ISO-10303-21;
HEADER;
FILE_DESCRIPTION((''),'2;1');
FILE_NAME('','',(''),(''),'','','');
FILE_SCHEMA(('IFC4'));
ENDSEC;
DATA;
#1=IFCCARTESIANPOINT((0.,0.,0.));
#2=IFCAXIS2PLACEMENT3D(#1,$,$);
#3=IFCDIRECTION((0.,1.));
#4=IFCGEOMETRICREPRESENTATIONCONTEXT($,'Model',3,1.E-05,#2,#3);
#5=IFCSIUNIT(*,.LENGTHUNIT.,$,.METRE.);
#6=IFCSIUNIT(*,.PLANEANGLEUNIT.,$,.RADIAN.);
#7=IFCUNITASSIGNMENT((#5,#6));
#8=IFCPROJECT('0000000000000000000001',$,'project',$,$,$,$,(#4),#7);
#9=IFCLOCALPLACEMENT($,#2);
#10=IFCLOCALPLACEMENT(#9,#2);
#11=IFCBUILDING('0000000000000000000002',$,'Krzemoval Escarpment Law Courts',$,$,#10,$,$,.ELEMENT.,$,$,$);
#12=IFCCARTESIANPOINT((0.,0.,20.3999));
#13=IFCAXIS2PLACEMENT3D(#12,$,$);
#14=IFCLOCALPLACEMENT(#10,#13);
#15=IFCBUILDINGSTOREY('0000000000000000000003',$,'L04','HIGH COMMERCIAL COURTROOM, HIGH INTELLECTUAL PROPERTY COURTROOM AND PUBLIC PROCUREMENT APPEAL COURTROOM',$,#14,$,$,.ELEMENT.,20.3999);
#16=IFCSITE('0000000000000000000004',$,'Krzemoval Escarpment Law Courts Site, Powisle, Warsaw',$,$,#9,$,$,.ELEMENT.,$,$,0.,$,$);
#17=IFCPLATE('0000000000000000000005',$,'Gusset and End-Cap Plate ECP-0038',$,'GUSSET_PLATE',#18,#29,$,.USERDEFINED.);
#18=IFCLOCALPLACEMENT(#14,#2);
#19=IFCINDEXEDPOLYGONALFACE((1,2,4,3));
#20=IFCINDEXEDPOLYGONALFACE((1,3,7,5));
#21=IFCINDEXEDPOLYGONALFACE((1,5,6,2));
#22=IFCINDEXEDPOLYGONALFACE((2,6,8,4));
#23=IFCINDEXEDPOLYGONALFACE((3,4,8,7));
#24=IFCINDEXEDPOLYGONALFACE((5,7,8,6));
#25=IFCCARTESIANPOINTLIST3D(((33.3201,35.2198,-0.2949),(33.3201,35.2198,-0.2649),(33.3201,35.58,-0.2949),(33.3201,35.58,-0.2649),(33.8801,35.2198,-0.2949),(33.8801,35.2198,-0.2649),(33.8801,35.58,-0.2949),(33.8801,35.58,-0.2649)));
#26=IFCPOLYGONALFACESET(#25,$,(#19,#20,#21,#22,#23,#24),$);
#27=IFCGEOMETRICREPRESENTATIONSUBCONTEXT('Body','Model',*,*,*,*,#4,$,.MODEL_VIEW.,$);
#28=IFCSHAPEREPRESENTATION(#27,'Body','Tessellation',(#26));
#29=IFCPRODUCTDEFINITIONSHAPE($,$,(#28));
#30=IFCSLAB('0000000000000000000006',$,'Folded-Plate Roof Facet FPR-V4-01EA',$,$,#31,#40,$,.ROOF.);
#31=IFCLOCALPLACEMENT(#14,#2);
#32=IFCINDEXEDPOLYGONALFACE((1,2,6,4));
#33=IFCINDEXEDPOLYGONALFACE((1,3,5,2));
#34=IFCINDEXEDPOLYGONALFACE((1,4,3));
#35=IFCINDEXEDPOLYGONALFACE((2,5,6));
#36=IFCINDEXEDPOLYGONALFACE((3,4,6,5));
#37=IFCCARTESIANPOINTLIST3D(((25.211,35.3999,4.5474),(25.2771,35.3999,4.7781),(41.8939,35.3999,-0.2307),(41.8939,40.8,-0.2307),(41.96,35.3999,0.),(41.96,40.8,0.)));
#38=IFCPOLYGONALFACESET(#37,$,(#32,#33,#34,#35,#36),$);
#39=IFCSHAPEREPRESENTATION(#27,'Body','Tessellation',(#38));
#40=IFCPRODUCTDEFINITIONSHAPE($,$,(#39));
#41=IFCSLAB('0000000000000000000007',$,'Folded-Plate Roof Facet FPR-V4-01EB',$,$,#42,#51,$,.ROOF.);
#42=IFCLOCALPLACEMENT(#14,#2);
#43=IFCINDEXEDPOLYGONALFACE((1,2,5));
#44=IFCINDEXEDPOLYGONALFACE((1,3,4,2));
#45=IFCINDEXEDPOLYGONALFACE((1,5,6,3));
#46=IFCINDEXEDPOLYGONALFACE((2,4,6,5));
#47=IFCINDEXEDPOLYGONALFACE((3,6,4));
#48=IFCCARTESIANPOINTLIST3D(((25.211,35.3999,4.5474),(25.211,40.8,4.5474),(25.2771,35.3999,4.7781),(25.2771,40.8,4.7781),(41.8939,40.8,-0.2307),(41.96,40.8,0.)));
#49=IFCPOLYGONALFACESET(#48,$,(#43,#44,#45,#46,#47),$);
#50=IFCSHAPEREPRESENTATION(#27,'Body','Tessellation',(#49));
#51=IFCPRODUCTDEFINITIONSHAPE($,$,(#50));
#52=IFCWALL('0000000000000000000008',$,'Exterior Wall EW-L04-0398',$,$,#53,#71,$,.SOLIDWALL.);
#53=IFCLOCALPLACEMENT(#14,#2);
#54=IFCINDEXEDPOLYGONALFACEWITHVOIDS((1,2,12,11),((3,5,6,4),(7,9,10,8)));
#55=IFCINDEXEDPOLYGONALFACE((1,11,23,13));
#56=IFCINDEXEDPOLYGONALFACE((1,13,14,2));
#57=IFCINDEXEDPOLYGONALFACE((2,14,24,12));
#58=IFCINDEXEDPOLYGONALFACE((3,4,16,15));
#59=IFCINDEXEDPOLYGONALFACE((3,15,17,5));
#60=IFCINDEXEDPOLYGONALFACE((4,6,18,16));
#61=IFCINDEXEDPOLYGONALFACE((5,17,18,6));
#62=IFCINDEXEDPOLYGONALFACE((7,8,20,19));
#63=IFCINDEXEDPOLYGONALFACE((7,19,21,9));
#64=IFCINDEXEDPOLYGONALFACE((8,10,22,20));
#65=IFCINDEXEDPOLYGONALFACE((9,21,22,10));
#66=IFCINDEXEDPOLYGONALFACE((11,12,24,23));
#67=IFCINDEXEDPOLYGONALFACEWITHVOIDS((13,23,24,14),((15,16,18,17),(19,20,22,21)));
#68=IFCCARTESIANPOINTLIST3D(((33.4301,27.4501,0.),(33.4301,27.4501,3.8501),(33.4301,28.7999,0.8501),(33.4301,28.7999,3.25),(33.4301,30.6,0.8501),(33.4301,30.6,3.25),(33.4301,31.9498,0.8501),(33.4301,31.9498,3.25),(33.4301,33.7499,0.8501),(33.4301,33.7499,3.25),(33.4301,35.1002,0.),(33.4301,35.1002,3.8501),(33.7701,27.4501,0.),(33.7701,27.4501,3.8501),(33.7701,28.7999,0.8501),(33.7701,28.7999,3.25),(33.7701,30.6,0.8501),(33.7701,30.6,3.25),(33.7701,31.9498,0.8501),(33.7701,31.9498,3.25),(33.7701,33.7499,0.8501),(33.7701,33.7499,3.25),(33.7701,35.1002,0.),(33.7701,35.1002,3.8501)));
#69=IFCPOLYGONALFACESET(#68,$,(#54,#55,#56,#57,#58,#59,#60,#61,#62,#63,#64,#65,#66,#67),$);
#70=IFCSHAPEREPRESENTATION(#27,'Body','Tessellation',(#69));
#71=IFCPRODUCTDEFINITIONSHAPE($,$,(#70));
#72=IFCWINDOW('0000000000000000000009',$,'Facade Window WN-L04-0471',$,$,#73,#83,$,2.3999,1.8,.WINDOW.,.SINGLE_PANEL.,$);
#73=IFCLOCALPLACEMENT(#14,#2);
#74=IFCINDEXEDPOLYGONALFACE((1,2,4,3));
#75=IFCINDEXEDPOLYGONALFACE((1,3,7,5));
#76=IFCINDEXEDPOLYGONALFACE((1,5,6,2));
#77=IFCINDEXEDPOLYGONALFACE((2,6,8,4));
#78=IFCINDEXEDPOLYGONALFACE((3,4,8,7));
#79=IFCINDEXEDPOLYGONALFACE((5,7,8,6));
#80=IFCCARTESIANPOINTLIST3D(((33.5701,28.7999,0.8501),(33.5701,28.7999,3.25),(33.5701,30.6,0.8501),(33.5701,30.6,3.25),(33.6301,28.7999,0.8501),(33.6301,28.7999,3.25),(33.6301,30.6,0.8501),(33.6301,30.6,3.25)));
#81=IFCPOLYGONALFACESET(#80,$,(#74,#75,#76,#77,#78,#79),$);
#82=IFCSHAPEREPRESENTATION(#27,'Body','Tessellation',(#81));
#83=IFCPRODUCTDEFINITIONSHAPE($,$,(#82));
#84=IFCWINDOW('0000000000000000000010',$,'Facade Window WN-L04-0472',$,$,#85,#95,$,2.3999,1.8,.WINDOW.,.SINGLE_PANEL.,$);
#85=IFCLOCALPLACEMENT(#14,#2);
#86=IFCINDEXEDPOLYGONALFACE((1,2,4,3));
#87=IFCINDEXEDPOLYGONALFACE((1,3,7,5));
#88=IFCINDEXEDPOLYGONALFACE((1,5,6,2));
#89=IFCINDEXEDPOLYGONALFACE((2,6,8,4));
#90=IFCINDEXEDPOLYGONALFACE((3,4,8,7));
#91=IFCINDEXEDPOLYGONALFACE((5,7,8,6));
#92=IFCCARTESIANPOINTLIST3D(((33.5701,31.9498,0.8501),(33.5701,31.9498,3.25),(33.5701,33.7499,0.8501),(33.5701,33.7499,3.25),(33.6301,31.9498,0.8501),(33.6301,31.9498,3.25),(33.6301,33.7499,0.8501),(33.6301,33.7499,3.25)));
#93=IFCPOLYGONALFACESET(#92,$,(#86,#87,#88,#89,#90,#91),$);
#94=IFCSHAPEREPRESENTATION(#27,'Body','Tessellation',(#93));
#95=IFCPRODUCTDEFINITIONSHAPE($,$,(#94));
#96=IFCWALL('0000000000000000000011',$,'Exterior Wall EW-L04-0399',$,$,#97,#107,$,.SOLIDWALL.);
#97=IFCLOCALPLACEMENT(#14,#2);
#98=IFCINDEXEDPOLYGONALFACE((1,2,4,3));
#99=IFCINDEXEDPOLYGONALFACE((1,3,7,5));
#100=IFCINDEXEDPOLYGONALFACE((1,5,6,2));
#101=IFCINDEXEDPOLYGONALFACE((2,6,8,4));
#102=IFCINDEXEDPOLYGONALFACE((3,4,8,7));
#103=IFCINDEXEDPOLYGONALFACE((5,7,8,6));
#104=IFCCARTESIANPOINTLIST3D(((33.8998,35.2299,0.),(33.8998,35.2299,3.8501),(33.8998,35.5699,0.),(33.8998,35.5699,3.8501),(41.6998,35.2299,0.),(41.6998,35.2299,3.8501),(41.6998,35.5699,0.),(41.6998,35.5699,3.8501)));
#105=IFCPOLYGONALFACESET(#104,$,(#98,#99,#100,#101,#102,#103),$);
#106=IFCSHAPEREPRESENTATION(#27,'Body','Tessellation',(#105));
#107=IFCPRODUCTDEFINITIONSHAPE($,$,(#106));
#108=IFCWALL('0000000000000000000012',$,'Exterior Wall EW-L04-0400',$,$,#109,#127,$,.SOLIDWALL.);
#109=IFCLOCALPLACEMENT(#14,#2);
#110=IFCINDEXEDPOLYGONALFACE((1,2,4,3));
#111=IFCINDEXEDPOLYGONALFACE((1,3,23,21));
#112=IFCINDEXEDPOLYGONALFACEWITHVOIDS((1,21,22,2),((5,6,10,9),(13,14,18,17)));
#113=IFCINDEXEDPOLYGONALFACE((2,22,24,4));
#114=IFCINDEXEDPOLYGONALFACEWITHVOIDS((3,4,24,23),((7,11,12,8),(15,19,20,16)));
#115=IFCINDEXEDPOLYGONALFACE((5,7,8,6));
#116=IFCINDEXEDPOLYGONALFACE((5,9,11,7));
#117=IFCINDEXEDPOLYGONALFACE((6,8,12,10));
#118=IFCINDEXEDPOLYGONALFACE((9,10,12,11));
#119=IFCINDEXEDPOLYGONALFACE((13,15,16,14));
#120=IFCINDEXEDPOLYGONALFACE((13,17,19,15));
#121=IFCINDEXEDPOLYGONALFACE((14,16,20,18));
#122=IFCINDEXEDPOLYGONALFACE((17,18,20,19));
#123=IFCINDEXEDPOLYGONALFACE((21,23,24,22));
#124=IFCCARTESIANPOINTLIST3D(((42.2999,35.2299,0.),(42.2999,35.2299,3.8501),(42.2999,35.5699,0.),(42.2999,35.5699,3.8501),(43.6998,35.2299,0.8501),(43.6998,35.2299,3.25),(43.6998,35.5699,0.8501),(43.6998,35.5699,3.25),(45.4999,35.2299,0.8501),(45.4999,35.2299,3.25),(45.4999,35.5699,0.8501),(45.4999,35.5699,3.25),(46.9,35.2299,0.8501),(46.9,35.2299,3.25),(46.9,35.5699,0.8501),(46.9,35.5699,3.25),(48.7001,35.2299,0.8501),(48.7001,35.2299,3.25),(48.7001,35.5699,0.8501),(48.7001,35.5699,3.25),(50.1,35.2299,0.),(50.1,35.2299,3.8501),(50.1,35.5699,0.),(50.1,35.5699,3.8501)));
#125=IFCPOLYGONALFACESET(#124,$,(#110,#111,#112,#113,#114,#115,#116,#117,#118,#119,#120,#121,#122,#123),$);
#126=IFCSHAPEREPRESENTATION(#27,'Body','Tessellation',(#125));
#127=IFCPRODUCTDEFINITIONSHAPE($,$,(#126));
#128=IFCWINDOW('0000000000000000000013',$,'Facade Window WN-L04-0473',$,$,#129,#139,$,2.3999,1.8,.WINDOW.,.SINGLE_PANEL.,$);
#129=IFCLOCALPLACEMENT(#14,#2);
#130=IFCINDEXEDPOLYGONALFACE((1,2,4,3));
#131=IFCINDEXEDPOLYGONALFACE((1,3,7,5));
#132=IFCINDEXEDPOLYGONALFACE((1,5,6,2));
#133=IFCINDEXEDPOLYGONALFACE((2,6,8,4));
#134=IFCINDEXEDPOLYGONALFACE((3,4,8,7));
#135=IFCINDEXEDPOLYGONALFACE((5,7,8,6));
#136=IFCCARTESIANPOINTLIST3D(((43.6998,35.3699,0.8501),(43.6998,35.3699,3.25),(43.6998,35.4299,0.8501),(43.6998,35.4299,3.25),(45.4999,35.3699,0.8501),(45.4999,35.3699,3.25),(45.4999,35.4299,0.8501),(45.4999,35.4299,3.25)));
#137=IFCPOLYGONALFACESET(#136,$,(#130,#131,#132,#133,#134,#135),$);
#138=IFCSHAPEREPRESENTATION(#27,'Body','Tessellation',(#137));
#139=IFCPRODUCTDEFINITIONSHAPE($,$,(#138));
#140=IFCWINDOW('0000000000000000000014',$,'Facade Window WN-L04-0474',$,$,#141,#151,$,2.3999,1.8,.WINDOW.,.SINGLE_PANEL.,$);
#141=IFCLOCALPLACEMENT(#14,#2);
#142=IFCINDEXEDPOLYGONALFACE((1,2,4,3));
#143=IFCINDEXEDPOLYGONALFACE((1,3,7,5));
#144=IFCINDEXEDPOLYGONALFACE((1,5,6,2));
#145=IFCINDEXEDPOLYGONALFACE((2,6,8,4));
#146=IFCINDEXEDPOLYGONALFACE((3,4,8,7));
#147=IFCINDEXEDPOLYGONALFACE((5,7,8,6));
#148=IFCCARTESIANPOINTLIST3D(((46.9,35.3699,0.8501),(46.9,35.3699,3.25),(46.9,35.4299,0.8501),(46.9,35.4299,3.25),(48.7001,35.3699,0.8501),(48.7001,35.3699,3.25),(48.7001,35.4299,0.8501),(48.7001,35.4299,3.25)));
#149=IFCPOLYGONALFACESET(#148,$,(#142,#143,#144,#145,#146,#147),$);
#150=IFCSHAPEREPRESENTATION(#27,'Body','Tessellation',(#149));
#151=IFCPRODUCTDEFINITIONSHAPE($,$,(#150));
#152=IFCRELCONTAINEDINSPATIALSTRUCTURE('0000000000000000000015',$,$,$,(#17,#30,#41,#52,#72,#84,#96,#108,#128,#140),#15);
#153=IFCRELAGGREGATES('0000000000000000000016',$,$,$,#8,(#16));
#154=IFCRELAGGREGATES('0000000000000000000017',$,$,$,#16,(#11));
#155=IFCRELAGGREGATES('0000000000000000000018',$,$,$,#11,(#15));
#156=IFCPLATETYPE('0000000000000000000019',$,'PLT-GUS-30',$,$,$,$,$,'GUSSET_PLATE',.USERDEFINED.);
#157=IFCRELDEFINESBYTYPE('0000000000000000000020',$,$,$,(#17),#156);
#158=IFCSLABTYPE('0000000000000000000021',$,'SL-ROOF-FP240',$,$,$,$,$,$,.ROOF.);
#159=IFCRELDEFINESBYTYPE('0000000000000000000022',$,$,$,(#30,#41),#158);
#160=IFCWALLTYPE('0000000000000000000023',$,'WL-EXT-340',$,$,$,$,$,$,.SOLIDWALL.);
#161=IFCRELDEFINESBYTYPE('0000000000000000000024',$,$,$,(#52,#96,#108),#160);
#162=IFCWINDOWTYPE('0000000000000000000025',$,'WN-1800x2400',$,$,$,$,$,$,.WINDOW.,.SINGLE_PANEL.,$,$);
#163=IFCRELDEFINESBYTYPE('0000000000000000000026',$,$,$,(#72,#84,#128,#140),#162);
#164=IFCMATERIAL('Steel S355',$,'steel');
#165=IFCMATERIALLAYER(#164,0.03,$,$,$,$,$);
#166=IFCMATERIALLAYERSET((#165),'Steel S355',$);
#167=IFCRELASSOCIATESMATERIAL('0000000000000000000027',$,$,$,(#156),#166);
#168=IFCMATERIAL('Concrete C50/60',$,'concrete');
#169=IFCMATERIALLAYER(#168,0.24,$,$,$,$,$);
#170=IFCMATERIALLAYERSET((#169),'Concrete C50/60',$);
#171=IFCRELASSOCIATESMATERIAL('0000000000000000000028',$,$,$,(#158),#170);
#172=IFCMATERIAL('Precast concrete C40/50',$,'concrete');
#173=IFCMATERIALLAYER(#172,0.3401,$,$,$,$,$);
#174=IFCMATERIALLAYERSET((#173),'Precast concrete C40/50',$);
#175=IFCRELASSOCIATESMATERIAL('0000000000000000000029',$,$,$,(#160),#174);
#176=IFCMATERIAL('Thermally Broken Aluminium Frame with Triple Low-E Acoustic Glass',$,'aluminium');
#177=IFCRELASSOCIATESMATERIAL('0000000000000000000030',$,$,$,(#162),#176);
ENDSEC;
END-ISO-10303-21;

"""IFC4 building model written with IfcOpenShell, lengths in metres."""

from ifc_helpers import new_model, si_unit, direction, frame, frame_2d, origin, origin_2d, place, context, subcontext, project, spatial, polyline, rectangle, outline, extrude, material, layer, layer_set, type_object, element, fill, save


model = new_model("IFC4")

# Units and contexts
model_context = context("Model", 3, precision=1e-05, world=origin(), true_north=direction((0.0, 1.0)))
body_context = subcontext(model_context, "Body", "Model", "MODEL_VIEW")
ifc_project = project(units=[si_unit("LENGTHUNIT", "METRE"), si_unit("PLANEANGLEUNIT", "RADIAN")], contexts=[model_context])

# Site, building, storey
site_placement = place(None, origin())
site = spatial("IfcSite", under=ifc_project, at=site_placement, Name="Krzemoval Escarpment Law Courts Site, Powisle, Warsaw", CompositionType="ELEMENT", RefElevation=0.0)
building_placement = place(site_placement, origin())
building = spatial("IfcBuilding", under=site, at=building_placement, Name="Krzemoval Escarpment Law Courts", CompositionType="ELEMENT")
storey_placement = place(building_placement, frame((0.0, 0.0, 20.3999)))
storey = spatial("IfcBuildingStorey", under=building, at=storey_placement, Name="L04", Description="HIGH COMMERCIAL COURTROOM, HIGH INTELLECTUAL PROPERTY COURTROOM AND PUBLIC PROCUREMENT APPEAL COURTROOM", CompositionType="ELEMENT", Elevation=20.3999)

# Plate
ifc_material_1 = material(Name="Steel S355", Category="steel")
ifc_layer_1 = layer(ifc_material_1, 0.03)
ifc_layer_set_1 = layer_set([ifc_layer_1], Name="Steel S355")
plate_type_1 = type_object("IfcPlateType", Name="PLT-GUS-30", ElementType="GUSSET_PLATE", PredefinedType="USERDEFINED", material=ifc_layer_set_1)
plate_1_placement = place(storey_placement, frame((33.6001, 35.3999, -0.2949), z_axis=(0.0, 0.0, 1.0), x_axis=(1.0, 0.0, 0.0)))
element("IfcPlate", 1, at=plate_1_placement, inside=storey, type_object=plate_type_1, Name="Gusset and End-Cap Plate ECP-0038", ObjectType="GUSSET_PLATE", PredefinedType="USERDEFINED", context=body_context, shape_type="SweptSolid", body=[
    extrude(rectangle(XDim=0.5601, YDim=0.3601, at=origin_2d()), origin(), (0.0, 0.0, 1.0), 0.03),
])

# Slabs
ifc_material_2 = material(Name="Concrete C50/60", Category="concrete")
ifc_layer_2 = layer(ifc_material_2, 0.24)
ifc_layer_set_2 = layer_set([ifc_layer_2], Name="Concrete C50/60")
slab_type = type_object("IfcSlabType", Name="SL-ROOF-FP240", PredefinedType="ROOF", material=ifc_layer_set_2)
slab_1_placement = place(storey_placement, frame((25.2771, 35.3999, 4.7781), z_axis=(0.275336, 0.0, 0.961348), x_axis=(0.961348, 0.0, -0.275336)))
element("IfcSlab", 2, at=slab_1_placement, inside=storey, type_object=slab_type, Name="Folded-Plate Roof Facet FPR-V4-01EA", PredefinedType="ROOF", context=body_context, shape_type="SweptSolid", body=[
    extrude(outline(polyline([(0.0, 0.0), (17.3536, 0.0), (17.3536, 5.4001), (0.0, 0.0)])), origin(), (0.0, 0.0, -1.0), 0.24),
])
slab_2_placement = place(storey_placement, frame((25.2771, 35.3999, 4.7781), z_axis=(0.275336, 0.0, 0.961348), x_axis=(0.917931, 0.297129, -0.262901)))
element("IfcSlab", 3, at=slab_2_placement, inside=storey, type_object=slab_type, Name="Folded-Plate Roof Facet FPR-V4-01EB", PredefinedType="ROOF", context=body_context, shape_type="SweptSolid", body=[
    extrude(outline(polyline([(0.0, 0.0), (18.1744, 0.0), (1.6045, 5.1563), (0.0, 0.0)])), origin(), (0.0, 0.0, -1.0), 0.24),
])

# Wall, openings, windows
ifc_material_3 = material(Name="Precast concrete C40/50", Category="concrete")
ifc_layer_3 = layer(ifc_material_3, 0.3401)
ifc_layer_set_3 = layer_set([ifc_layer_3], Name="Precast concrete C40/50")
wall_type_1 = type_object("IfcWallType", Name="WL-EXT-340", PredefinedType="SOLIDWALL", material=ifc_layer_set_3)
wall_1_placement = place(storey_placement, frame((33.6001, 27.45, 0.0), z_axis=(0.0, 0.0, 1.0), x_axis=(0.0, 1.0, 0.0)))
wall_1 = element("IfcWall", 4, at=wall_1_placement, inside=storey, type_object=wall_type_1, Name="Exterior Wall EW-L04-0398", PredefinedType="SOLIDWALL", context=body_context, shape_type="SweptSolid", body=[
    extrude(rectangle(XDim=7.6501, YDim=0.3401, at=frame_2d((3.8252, 0.0))), origin(), (0.0, 0.0, 1.0), 3.8501),
])
opening_1_placement = place(wall_1_placement, frame((1.3501, 0.0, 0.8501)))
opening_1 = element("IfcOpeningElement", 5, at=opening_1_placement, cuts=wall_1, PredefinedType="OPENING", context=body_context, shape_type="SweptSolid", body=[
    extrude(rectangle(XDim=1.8, YDim=2.3999, at=frame_2d((0.8999, 1.2))), frame((0.0, 0.185, 0.0), z_axis=(0.0, -1.0, 0.0), x_axis=(1.0, 0.0, 0.0)), (0.0, 0.0, 1.0), 0.3701),
])
opening_2_placement = place(wall_1_placement, frame((4.5, 0.0, 0.8501)))
opening_2 = element("IfcOpeningElement", 6, at=opening_2_placement, cuts=wall_1, PredefinedType="OPENING", context=body_context, shape_type="SweptSolid", body=[
    extrude(rectangle(XDim=1.8, YDim=2.3999, at=frame_2d((0.8999, 1.2))), frame((0.0, 0.185, 0.0), z_axis=(0.0, -1.0, 0.0), x_axis=(1.0, 0.0, 0.0)), (0.0, 0.0, 1.0), 0.3701),
])
ifc_material_4 = material(Name="Thermally Broken Aluminium Frame with Triple Low-E Acoustic Glass", Category="aluminium")
window_type = type_object("IfcWindowType", Name="WN-1800x2400", PartitioningType="SINGLE_PANEL", PredefinedType="WINDOW", material=ifc_material_4)
window_1_placement = place(opening_1_placement, origin())
window_1 = element("IfcWindow", 7, at=window_1_placement, inside=storey, type_object=window_type, Name="Facade Window WN-L04-0471", OverallHeight=2.3999, OverallWidth=1.8, PartitioningType="SINGLE_PANEL", PredefinedType="WINDOW", context=body_context, shape_type="SweptSolid", body=[
    extrude(rectangle(XDim=1.8, YDim=2.3999, at=frame_2d((0.8999, 1.2))), frame((0.0, 0.03, 0.0), z_axis=(0.0, -1.0, 0.0), x_axis=(1.0, 0.0, 0.0)), (0.0, 0.0, 1.0), 0.0601),
])
fill(opening_1, window_1)
window_2_placement = place(opening_2_placement, origin())
window_2 = element("IfcWindow", 8, at=window_2_placement, inside=storey, type_object=window_type, Name="Facade Window WN-L04-0472", OverallHeight=2.3999, OverallWidth=1.8, PartitioningType="SINGLE_PANEL", PredefinedType="WINDOW", context=body_context, shape_type="SweptSolid", body=[
    extrude(rectangle(XDim=1.8, YDim=2.3999, at=frame_2d((0.8999, 1.2))), frame((0.0, 0.03, 0.0), z_axis=(0.0, -1.0, 0.0), x_axis=(1.0, 0.0, 0.0)), (0.0, 0.0, 1.0), 0.0601),
])
fill(opening_2, window_2)

# Wall
wall_2_placement = place(storey_placement, frame((33.8999, 35.3999, 0.0), z_axis=(0.0, 0.0, 1.0), x_axis=(1.0, 0.0, 0.0)))
element("IfcWall", 9, at=wall_2_placement, inside=storey, type_object=wall_type_1, Name="Exterior Wall EW-L04-0399", PredefinedType="SOLIDWALL", context=body_context, shape_type="SweptSolid", body=[
    extrude(rectangle(XDim=7.8, YDim=0.3401, at=frame_2d((3.8999, 0.0))), origin(), (0.0, 0.0, 1.0), 3.8501),
])

# Wall, openings, windows
wall_3_placement = place(storey_placement, frame((42.3, 35.3999, 0.0), z_axis=(0.0, 0.0, 1.0), x_axis=(1.0, 0.0, 0.0)))
wall_3 = element("IfcWall", 10, at=wall_3_placement, inside=storey, type_object=wall_type_1, Name="Exterior Wall EW-L04-0400", PredefinedType="SOLIDWALL", context=body_context, shape_type="SweptSolid", body=[
    extrude(rectangle(XDim=7.8, YDim=0.3401, at=frame_2d((3.8999, 0.0))), origin(), (0.0, 0.0, 1.0), 3.8501),
])
opening_3_placement = place(wall_3_placement, frame((1.3999, 0.0, 0.8501)))
opening_3 = element("IfcOpeningElement", 11, at=opening_3_placement, cuts=wall_3, PredefinedType="OPENING", context=body_context, shape_type="SweptSolid", body=[
    extrude(rectangle(XDim=1.8, YDim=2.3999, at=frame_2d((0.8999, 1.2))), frame((0.0, 0.185, 0.0), z_axis=(0.0, -1.0, 0.0), x_axis=(1.0, 0.0, 0.0)), (0.0, 0.0, 1.0), 0.3701),
])
opening_4_placement = place(wall_3_placement, frame((4.6001, 0.0, 0.8501)))
opening_4 = element("IfcOpeningElement", 12, at=opening_4_placement, cuts=wall_3, PredefinedType="OPENING", context=body_context, shape_type="SweptSolid", body=[
    extrude(rectangle(XDim=1.8, YDim=2.3999, at=frame_2d((0.8999, 1.2))), frame((0.0, 0.185, 0.0), z_axis=(0.0, -1.0, 0.0), x_axis=(1.0, 0.0, 0.0)), (0.0, 0.0, 1.0), 0.3701),
])
window_3_placement = place(opening_3_placement, origin())
window_3 = element("IfcWindow", 13, at=window_3_placement, inside=storey, type_object=window_type, Name="Facade Window WN-L04-0473", OverallHeight=2.3999, OverallWidth=1.8, PartitioningType="SINGLE_PANEL", PredefinedType="WINDOW", context=body_context, shape_type="SweptSolid", body=[
    extrude(rectangle(XDim=1.8, YDim=2.3999, at=frame_2d((0.8999, 1.2))), frame((0.0, 0.03, 0.0), z_axis=(0.0, -1.0, 0.0), x_axis=(1.0, 0.0, 0.0)), (0.0, 0.0, 1.0), 0.0601),
])
fill(opening_3, window_3)
window_4_placement = place(opening_4_placement, origin())
window_4 = element("IfcWindow", 14, at=window_4_placement, inside=storey, type_object=window_type, Name="Facade Window WN-L04-0474", OverallHeight=2.3999, OverallWidth=1.8, PartitioningType="SINGLE_PANEL", PredefinedType="WINDOW", context=body_context, shape_type="SweptSolid", body=[
    extrude(rectangle(XDim=1.8, YDim=2.3999, at=frame_2d((0.8999, 1.2))), frame((0.0, 0.03, 0.0), z_axis=(0.0, -1.0, 0.0), x_axis=(1.0, 0.0, 0.0)), (0.0, 0.0, 1.0), 0.0601),
])
fill(opening_4, window_4)

save(model, "model.ifc")
